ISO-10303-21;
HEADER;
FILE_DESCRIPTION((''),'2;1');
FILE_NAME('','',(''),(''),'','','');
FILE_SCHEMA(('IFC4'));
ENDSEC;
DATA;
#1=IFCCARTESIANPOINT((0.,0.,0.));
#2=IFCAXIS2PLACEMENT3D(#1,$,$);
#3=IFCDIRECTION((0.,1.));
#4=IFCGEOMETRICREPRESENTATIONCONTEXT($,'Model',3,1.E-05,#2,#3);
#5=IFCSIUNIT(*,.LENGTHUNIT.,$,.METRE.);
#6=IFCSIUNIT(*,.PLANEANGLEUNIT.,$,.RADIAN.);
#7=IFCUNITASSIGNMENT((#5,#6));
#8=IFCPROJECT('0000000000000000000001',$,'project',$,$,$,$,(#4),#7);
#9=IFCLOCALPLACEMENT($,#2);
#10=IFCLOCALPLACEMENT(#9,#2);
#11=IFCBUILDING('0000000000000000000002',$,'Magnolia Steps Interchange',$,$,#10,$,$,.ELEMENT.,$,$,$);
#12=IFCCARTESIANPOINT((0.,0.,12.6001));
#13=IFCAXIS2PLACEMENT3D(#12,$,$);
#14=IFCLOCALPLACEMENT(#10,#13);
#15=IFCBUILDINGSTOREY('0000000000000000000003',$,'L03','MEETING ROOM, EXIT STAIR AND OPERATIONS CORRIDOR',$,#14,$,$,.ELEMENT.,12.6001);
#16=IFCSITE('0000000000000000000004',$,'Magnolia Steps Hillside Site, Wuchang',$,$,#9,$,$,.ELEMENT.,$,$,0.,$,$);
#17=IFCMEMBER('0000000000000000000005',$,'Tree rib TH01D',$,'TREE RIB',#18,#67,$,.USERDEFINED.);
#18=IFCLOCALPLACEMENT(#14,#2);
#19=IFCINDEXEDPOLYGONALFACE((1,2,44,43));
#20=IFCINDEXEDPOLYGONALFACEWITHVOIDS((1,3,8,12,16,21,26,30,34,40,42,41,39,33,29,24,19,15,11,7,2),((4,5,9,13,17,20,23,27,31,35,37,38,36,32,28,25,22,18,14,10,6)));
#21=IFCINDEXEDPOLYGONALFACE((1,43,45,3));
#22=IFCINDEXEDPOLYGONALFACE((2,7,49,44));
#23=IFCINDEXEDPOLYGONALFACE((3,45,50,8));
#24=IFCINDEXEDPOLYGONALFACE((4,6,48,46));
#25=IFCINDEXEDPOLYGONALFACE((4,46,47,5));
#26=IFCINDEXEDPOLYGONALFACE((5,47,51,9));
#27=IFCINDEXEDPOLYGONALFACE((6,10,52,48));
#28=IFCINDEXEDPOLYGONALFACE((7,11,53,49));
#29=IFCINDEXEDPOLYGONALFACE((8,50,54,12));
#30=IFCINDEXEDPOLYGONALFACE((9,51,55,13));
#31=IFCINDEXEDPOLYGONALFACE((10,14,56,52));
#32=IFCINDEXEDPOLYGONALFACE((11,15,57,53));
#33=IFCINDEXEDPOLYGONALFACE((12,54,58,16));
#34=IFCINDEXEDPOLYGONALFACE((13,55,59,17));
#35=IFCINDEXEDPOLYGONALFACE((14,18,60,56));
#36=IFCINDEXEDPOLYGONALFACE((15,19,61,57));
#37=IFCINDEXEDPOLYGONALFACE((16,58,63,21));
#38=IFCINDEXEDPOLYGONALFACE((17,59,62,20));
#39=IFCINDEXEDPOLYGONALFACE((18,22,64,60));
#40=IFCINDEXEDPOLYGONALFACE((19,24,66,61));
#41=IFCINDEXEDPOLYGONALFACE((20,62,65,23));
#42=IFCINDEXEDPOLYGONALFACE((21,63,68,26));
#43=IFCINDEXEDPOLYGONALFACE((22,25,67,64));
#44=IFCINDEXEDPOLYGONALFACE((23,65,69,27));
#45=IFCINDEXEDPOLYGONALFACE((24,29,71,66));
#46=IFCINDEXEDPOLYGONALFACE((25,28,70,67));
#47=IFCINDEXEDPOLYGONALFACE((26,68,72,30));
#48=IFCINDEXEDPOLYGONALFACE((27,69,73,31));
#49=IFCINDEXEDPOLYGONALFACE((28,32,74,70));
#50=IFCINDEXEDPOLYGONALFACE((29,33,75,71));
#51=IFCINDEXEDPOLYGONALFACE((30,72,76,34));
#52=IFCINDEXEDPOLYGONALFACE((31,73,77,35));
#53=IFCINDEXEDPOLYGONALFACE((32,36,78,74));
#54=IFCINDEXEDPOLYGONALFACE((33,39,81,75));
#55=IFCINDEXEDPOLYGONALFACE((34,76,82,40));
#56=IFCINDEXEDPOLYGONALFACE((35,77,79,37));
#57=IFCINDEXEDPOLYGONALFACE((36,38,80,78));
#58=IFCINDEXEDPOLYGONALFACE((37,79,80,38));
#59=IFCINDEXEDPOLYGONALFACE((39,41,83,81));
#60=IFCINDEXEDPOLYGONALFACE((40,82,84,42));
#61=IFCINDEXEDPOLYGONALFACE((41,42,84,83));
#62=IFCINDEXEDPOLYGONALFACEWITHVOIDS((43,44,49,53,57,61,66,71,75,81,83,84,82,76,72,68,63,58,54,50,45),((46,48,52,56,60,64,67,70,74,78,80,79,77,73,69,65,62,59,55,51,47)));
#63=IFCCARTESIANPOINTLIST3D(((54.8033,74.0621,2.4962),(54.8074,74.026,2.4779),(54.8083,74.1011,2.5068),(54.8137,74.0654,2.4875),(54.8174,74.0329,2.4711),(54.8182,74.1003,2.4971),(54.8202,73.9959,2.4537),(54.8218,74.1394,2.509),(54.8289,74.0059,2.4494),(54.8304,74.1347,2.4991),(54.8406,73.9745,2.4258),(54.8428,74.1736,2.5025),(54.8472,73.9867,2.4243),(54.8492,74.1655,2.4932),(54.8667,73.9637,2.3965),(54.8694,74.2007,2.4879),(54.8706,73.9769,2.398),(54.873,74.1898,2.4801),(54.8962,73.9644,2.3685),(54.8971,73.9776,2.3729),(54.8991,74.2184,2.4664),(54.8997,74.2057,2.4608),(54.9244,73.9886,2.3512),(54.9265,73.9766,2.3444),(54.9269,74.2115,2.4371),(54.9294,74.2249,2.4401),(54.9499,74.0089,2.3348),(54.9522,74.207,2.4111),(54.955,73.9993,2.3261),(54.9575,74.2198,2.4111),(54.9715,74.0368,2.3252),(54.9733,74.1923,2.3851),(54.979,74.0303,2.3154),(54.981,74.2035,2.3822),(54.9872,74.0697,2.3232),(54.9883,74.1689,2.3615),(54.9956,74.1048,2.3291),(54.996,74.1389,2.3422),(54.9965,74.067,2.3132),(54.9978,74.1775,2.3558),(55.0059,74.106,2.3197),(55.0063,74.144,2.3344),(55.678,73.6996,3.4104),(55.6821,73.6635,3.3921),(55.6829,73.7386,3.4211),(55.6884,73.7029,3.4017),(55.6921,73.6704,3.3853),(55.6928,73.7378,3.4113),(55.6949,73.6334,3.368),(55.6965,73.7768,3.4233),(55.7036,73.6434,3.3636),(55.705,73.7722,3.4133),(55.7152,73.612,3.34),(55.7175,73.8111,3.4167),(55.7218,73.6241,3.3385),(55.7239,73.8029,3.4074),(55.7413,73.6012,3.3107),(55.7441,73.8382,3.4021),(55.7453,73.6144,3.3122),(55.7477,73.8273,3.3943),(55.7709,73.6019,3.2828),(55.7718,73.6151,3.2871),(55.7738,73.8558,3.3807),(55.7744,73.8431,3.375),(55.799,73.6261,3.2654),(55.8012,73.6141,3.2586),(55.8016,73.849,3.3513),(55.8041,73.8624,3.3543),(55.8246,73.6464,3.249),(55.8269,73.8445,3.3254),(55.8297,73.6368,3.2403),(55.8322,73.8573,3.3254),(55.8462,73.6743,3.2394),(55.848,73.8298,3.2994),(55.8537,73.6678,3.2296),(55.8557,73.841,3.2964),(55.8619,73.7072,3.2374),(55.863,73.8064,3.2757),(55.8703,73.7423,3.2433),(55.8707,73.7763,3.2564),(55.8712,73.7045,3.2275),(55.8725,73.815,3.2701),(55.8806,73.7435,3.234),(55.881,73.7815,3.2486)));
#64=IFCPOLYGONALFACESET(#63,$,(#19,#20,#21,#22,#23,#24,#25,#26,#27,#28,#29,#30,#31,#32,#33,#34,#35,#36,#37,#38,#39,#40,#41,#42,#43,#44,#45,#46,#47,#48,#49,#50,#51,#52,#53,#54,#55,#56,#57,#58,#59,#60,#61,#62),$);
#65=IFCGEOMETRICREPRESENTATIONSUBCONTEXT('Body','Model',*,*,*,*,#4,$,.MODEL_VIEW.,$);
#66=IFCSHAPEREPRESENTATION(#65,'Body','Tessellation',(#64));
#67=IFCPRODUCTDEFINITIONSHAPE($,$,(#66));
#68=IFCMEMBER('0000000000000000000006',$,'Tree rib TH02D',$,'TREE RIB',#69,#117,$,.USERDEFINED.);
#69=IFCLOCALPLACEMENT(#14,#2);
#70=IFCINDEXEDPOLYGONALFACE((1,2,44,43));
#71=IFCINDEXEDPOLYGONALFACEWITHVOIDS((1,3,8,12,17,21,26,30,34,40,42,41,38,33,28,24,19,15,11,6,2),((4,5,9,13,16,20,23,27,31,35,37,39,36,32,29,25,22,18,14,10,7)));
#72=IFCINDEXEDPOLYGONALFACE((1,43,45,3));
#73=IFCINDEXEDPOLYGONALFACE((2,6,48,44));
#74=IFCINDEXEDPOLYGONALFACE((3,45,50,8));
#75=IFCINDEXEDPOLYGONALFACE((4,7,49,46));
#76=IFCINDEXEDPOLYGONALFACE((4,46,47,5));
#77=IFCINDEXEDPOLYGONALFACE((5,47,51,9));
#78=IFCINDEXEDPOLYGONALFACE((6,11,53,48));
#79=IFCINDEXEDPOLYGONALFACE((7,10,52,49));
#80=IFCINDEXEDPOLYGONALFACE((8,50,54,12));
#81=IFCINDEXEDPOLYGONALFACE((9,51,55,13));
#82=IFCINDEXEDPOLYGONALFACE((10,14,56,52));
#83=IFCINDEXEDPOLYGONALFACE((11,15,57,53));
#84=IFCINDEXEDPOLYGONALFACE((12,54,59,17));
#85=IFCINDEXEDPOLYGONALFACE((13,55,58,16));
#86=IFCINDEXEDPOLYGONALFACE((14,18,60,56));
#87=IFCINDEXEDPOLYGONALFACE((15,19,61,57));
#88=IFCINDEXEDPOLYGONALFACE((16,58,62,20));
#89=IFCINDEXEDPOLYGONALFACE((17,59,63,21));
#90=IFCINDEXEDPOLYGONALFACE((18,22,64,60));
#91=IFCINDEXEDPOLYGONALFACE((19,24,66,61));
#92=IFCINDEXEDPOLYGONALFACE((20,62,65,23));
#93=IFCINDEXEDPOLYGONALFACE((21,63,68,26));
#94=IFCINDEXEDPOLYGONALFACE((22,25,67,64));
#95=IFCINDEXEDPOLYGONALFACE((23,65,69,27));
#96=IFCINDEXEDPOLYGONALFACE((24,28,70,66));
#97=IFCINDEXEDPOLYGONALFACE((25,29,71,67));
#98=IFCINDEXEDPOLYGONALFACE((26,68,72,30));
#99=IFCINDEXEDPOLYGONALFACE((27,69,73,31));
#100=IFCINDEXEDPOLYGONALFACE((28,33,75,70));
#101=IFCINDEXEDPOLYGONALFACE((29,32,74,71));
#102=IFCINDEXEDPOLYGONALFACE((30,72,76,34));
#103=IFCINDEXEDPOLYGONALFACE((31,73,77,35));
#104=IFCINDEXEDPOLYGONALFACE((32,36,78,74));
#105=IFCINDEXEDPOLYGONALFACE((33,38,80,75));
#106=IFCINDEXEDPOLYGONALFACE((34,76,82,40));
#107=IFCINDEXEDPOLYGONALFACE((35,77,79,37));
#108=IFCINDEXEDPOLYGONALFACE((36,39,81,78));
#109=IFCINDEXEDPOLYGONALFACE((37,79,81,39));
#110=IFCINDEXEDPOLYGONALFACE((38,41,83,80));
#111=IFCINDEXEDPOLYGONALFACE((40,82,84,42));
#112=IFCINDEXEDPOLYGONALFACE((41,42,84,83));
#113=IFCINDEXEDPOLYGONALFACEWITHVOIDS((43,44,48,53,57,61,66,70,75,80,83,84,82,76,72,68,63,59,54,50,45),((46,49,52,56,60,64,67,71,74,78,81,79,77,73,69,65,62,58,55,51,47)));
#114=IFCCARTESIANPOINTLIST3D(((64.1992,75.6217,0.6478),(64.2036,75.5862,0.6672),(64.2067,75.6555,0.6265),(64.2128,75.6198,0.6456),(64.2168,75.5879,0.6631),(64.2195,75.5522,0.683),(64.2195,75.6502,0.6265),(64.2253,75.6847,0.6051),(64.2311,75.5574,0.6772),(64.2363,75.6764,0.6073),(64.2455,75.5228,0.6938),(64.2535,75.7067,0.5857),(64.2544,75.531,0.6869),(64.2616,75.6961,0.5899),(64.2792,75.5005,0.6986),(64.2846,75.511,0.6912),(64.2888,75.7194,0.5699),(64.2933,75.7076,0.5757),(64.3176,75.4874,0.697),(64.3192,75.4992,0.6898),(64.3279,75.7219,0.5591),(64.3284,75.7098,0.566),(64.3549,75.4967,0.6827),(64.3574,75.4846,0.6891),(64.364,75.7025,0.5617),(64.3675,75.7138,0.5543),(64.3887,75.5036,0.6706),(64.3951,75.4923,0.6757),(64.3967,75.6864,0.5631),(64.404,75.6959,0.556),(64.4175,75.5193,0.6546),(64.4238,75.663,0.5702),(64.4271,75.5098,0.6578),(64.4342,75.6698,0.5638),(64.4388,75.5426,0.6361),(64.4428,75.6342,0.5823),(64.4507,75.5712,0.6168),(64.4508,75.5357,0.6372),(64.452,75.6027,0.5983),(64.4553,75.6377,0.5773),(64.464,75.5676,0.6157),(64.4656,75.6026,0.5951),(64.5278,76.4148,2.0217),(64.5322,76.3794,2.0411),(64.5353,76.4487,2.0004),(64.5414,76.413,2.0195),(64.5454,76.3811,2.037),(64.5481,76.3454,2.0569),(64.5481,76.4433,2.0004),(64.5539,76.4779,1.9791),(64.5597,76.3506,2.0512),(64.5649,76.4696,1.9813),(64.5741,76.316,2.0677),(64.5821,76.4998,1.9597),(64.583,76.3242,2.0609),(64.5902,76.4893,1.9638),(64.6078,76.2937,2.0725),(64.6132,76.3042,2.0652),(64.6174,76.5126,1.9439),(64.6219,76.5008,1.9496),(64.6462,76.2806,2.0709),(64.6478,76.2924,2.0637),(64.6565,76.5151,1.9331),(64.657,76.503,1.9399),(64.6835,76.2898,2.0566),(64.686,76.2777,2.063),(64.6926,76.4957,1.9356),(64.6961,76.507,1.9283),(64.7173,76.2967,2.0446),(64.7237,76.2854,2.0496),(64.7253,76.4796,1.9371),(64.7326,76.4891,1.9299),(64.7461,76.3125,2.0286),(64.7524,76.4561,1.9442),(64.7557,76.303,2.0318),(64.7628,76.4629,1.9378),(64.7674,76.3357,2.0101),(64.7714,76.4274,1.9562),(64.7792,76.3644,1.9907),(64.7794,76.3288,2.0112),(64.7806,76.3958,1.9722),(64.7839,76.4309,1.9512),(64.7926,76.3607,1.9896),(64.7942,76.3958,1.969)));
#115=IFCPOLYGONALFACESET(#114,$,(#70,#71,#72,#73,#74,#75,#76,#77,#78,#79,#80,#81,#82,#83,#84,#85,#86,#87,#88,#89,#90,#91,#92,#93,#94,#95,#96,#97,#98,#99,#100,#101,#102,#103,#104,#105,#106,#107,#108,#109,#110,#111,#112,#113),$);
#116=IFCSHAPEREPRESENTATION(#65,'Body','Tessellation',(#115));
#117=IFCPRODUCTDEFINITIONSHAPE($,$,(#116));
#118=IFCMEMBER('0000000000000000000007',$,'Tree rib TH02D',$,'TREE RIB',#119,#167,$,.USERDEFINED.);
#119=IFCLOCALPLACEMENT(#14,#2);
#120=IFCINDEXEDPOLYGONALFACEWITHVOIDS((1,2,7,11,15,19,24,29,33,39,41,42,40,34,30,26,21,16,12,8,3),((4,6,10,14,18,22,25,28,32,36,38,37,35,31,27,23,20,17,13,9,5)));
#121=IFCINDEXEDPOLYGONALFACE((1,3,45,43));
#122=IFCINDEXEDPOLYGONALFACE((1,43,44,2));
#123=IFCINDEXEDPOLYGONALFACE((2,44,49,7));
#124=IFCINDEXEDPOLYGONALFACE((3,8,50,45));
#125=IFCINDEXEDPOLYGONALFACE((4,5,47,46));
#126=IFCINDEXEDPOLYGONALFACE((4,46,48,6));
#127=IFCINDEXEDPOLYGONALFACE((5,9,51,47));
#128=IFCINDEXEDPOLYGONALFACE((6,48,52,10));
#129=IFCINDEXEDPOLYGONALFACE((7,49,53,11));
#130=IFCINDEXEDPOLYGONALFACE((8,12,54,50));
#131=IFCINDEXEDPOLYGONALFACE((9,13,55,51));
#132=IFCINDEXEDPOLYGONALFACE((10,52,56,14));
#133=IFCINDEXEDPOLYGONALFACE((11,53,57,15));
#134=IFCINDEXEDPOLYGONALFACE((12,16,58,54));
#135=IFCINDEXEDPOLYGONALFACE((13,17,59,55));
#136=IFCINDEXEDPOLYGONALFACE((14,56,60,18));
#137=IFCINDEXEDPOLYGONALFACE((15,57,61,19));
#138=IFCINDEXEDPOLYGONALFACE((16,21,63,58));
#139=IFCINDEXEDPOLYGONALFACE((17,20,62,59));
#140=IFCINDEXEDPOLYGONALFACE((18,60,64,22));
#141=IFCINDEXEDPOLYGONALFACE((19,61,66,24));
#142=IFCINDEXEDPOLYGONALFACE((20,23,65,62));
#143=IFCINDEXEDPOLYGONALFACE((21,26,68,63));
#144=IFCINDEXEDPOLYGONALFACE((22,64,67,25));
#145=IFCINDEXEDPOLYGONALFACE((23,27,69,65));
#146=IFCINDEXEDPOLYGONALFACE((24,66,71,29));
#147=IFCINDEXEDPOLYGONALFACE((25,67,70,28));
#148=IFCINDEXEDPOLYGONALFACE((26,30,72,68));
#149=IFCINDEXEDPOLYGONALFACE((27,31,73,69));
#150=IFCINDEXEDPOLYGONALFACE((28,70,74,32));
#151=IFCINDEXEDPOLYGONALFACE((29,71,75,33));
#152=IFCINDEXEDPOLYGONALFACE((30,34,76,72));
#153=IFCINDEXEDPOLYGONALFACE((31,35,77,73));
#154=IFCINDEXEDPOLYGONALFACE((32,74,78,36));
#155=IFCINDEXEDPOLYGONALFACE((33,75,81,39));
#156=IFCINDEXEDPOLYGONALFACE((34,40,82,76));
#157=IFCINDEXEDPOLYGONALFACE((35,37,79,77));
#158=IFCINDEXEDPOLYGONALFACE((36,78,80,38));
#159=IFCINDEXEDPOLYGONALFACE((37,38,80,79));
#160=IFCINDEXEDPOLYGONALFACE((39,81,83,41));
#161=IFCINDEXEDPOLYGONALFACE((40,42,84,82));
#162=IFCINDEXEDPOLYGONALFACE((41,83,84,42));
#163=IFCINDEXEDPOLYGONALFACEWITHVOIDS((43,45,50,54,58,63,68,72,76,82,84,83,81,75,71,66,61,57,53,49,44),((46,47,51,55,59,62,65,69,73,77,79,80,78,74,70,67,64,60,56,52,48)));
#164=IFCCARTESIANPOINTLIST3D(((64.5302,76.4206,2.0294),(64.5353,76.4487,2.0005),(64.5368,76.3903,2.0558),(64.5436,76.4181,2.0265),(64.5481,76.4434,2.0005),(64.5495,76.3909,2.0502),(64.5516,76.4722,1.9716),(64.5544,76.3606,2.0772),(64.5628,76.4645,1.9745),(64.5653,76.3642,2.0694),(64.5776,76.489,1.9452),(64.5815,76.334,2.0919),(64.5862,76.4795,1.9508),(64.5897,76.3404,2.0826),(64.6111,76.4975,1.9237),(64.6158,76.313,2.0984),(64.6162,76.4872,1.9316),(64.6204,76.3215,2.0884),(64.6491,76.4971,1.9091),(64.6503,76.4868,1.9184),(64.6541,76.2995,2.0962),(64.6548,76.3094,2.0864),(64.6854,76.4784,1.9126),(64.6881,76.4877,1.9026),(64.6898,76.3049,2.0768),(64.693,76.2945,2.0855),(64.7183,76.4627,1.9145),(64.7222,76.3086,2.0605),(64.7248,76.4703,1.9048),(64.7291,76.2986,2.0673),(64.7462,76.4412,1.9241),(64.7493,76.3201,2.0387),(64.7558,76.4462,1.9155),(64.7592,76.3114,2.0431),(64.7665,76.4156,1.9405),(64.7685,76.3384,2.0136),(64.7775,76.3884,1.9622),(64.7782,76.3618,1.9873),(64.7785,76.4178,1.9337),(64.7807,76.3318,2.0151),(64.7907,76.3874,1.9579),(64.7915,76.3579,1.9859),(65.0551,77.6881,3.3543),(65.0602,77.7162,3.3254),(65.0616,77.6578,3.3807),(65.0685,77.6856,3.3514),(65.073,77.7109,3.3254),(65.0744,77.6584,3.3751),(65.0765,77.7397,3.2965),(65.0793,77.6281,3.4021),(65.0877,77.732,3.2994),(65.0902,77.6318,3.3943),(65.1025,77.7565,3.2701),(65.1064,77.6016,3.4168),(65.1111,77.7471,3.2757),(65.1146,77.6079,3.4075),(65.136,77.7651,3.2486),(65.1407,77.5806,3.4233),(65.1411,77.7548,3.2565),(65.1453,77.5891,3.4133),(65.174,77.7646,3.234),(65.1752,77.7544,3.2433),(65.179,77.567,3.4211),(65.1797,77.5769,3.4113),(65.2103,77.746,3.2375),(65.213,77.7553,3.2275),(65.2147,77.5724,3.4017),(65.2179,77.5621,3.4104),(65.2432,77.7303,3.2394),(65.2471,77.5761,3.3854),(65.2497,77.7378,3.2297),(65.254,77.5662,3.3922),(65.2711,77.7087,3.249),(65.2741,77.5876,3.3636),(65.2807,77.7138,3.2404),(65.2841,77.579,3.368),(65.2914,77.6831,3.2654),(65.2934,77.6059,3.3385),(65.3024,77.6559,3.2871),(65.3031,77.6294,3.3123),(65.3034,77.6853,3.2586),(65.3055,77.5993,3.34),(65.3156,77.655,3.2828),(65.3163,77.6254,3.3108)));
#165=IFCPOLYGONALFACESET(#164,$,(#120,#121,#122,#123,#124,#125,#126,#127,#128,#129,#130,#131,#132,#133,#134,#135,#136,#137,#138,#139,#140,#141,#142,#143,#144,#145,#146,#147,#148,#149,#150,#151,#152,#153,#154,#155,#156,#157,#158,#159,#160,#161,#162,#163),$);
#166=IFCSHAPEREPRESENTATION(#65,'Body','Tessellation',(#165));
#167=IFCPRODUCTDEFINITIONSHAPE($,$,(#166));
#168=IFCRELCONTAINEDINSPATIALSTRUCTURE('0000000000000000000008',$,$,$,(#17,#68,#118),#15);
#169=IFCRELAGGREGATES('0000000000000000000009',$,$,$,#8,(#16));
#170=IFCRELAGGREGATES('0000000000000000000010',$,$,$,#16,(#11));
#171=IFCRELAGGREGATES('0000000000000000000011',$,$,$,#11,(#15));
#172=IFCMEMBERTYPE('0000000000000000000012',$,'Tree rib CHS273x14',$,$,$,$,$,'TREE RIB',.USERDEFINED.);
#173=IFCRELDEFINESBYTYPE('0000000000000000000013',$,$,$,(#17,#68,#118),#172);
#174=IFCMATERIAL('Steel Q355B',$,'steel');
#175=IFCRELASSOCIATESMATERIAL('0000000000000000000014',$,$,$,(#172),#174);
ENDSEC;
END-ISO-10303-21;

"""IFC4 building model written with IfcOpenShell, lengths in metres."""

from ifc_helpers import new_model, si_unit, direction, frame, origin, origin_2d, place, context, subcontext, project, spatial, hollow_circle, extrude, material, material_profile, profile_set, type_object, element, save


model = new_model("IFC4")

# Units and contexts
model_context = context("Model", 3, precision=1e-05, world=origin(), true_north=direction((0.0, 1.0)))
body_context = subcontext(model_context, "Body", "Model", "MODEL_VIEW")
ifc_project = project(units=[si_unit("LENGTHUNIT", "METRE"), si_unit("PLANEANGLEUNIT", "RADIAN")], contexts=[model_context])

# Site, building, storey
site_placement = place(None, origin())
site = spatial("IfcSite", under=ifc_project, at=site_placement, Name="Magnolia Steps Hillside Site, Wuchang", CompositionType="ELEMENT", RefElevation=0.0)
building_placement = place(site_placement, origin())
building = spatial("IfcBuilding", under=site, at=building_placement, Name="Magnolia Steps Interchange", CompositionType="ELEMENT")
storey_placement = place(building_placement, frame((0.0, 0.0, 12.6001)))
storey = spatial("IfcBuildingStorey", under=building, at=storey_placement, Name="L03", Description="MEETING ROOM, EXIT STAIR AND OPERATIONS CORRIDOR", CompositionType="ELEMENT", Elevation=12.6001)

# Members
ifc_material_1 = material(Name="Steel Q355B", Category="steel")
ifc_material_profile_1 = material_profile(ifc_material_1, hollow_circle(Radius=0.1365, WallThickness=0.0139, at=origin_2d()), Name="CHS273x14")
ifc_profile_set_1 = profile_set([ifc_material_profile_1], Name="Steel Q355B")
member_type = type_object("IfcMemberType", Name="Tree rib CHS273x14", ElementType="TREE RIB", PredefinedType="USERDEFINED", material=ifc_profile_set_1)
for number, where, z_axis, x_axis, name in (
    (1, (54.9053, 74.0938, 2.4111), (0.664566, -0.275434, 0.694613), (0.382876, 0.9238, 0.0), "Tree rib TH01D"),
):
    element("IfcMember", number, at=place(storey_placement, frame(where, z_axis=z_axis, x_axis=x_axis)), inside=storey, type_object=member_type, Name=name, ObjectType="TREE RIB", PredefinedType="USERDEFINED", context=body_context, shape_type="SweptSolid", body=[
        extrude(hollow_circle(Radius=0.1365, WallThickness=0.0139, at=origin_2d()), origin(), (0.0, 0.0, 1.0), 1.3162),
    ])
member_1_placement = place(storey_placement, frame((64.3328, 75.6033, 0.6265), z_axis=(0.20282, 0.489571, 0.848047), x_axis=(-0.923857, 0.382737, 0.0)))
element("IfcMember", 2, at=member_1_placement, inside=storey, type_object=member_type, Name="Tree rib TH02D", ObjectType="TREE RIB", PredefinedType="USERDEFINED", context=body_context, shape_type="SweptSolid", body=[
    extrude(hollow_circle(Radius=0.1365, WallThickness=0.0139, at=origin_2d()), origin(), (0.0, 0.0, 1.0), 1.6201),
])
member_2_placement = place(storey_placement, frame((64.6614, 76.3965, 2.0005), z_axis=(0.275208, 0.664595, 0.694676), x_axis=(-0.923917, 0.382593, 0.0)))
element("IfcMember", 3, at=member_2_placement, inside=storey, type_object=member_type, Name="Tree rib TH02D", ObjectType="TREE RIB", PredefinedType="USERDEFINED", context=body_context, shape_type="SweptSolid", body=[
    extrude(hollow_circle(Radius=0.1365, WallThickness=0.0139, at=origin_2d()), origin(), (0.0, 0.0, 1.0), 1.9072),
])

save(model, "model.ifc")
